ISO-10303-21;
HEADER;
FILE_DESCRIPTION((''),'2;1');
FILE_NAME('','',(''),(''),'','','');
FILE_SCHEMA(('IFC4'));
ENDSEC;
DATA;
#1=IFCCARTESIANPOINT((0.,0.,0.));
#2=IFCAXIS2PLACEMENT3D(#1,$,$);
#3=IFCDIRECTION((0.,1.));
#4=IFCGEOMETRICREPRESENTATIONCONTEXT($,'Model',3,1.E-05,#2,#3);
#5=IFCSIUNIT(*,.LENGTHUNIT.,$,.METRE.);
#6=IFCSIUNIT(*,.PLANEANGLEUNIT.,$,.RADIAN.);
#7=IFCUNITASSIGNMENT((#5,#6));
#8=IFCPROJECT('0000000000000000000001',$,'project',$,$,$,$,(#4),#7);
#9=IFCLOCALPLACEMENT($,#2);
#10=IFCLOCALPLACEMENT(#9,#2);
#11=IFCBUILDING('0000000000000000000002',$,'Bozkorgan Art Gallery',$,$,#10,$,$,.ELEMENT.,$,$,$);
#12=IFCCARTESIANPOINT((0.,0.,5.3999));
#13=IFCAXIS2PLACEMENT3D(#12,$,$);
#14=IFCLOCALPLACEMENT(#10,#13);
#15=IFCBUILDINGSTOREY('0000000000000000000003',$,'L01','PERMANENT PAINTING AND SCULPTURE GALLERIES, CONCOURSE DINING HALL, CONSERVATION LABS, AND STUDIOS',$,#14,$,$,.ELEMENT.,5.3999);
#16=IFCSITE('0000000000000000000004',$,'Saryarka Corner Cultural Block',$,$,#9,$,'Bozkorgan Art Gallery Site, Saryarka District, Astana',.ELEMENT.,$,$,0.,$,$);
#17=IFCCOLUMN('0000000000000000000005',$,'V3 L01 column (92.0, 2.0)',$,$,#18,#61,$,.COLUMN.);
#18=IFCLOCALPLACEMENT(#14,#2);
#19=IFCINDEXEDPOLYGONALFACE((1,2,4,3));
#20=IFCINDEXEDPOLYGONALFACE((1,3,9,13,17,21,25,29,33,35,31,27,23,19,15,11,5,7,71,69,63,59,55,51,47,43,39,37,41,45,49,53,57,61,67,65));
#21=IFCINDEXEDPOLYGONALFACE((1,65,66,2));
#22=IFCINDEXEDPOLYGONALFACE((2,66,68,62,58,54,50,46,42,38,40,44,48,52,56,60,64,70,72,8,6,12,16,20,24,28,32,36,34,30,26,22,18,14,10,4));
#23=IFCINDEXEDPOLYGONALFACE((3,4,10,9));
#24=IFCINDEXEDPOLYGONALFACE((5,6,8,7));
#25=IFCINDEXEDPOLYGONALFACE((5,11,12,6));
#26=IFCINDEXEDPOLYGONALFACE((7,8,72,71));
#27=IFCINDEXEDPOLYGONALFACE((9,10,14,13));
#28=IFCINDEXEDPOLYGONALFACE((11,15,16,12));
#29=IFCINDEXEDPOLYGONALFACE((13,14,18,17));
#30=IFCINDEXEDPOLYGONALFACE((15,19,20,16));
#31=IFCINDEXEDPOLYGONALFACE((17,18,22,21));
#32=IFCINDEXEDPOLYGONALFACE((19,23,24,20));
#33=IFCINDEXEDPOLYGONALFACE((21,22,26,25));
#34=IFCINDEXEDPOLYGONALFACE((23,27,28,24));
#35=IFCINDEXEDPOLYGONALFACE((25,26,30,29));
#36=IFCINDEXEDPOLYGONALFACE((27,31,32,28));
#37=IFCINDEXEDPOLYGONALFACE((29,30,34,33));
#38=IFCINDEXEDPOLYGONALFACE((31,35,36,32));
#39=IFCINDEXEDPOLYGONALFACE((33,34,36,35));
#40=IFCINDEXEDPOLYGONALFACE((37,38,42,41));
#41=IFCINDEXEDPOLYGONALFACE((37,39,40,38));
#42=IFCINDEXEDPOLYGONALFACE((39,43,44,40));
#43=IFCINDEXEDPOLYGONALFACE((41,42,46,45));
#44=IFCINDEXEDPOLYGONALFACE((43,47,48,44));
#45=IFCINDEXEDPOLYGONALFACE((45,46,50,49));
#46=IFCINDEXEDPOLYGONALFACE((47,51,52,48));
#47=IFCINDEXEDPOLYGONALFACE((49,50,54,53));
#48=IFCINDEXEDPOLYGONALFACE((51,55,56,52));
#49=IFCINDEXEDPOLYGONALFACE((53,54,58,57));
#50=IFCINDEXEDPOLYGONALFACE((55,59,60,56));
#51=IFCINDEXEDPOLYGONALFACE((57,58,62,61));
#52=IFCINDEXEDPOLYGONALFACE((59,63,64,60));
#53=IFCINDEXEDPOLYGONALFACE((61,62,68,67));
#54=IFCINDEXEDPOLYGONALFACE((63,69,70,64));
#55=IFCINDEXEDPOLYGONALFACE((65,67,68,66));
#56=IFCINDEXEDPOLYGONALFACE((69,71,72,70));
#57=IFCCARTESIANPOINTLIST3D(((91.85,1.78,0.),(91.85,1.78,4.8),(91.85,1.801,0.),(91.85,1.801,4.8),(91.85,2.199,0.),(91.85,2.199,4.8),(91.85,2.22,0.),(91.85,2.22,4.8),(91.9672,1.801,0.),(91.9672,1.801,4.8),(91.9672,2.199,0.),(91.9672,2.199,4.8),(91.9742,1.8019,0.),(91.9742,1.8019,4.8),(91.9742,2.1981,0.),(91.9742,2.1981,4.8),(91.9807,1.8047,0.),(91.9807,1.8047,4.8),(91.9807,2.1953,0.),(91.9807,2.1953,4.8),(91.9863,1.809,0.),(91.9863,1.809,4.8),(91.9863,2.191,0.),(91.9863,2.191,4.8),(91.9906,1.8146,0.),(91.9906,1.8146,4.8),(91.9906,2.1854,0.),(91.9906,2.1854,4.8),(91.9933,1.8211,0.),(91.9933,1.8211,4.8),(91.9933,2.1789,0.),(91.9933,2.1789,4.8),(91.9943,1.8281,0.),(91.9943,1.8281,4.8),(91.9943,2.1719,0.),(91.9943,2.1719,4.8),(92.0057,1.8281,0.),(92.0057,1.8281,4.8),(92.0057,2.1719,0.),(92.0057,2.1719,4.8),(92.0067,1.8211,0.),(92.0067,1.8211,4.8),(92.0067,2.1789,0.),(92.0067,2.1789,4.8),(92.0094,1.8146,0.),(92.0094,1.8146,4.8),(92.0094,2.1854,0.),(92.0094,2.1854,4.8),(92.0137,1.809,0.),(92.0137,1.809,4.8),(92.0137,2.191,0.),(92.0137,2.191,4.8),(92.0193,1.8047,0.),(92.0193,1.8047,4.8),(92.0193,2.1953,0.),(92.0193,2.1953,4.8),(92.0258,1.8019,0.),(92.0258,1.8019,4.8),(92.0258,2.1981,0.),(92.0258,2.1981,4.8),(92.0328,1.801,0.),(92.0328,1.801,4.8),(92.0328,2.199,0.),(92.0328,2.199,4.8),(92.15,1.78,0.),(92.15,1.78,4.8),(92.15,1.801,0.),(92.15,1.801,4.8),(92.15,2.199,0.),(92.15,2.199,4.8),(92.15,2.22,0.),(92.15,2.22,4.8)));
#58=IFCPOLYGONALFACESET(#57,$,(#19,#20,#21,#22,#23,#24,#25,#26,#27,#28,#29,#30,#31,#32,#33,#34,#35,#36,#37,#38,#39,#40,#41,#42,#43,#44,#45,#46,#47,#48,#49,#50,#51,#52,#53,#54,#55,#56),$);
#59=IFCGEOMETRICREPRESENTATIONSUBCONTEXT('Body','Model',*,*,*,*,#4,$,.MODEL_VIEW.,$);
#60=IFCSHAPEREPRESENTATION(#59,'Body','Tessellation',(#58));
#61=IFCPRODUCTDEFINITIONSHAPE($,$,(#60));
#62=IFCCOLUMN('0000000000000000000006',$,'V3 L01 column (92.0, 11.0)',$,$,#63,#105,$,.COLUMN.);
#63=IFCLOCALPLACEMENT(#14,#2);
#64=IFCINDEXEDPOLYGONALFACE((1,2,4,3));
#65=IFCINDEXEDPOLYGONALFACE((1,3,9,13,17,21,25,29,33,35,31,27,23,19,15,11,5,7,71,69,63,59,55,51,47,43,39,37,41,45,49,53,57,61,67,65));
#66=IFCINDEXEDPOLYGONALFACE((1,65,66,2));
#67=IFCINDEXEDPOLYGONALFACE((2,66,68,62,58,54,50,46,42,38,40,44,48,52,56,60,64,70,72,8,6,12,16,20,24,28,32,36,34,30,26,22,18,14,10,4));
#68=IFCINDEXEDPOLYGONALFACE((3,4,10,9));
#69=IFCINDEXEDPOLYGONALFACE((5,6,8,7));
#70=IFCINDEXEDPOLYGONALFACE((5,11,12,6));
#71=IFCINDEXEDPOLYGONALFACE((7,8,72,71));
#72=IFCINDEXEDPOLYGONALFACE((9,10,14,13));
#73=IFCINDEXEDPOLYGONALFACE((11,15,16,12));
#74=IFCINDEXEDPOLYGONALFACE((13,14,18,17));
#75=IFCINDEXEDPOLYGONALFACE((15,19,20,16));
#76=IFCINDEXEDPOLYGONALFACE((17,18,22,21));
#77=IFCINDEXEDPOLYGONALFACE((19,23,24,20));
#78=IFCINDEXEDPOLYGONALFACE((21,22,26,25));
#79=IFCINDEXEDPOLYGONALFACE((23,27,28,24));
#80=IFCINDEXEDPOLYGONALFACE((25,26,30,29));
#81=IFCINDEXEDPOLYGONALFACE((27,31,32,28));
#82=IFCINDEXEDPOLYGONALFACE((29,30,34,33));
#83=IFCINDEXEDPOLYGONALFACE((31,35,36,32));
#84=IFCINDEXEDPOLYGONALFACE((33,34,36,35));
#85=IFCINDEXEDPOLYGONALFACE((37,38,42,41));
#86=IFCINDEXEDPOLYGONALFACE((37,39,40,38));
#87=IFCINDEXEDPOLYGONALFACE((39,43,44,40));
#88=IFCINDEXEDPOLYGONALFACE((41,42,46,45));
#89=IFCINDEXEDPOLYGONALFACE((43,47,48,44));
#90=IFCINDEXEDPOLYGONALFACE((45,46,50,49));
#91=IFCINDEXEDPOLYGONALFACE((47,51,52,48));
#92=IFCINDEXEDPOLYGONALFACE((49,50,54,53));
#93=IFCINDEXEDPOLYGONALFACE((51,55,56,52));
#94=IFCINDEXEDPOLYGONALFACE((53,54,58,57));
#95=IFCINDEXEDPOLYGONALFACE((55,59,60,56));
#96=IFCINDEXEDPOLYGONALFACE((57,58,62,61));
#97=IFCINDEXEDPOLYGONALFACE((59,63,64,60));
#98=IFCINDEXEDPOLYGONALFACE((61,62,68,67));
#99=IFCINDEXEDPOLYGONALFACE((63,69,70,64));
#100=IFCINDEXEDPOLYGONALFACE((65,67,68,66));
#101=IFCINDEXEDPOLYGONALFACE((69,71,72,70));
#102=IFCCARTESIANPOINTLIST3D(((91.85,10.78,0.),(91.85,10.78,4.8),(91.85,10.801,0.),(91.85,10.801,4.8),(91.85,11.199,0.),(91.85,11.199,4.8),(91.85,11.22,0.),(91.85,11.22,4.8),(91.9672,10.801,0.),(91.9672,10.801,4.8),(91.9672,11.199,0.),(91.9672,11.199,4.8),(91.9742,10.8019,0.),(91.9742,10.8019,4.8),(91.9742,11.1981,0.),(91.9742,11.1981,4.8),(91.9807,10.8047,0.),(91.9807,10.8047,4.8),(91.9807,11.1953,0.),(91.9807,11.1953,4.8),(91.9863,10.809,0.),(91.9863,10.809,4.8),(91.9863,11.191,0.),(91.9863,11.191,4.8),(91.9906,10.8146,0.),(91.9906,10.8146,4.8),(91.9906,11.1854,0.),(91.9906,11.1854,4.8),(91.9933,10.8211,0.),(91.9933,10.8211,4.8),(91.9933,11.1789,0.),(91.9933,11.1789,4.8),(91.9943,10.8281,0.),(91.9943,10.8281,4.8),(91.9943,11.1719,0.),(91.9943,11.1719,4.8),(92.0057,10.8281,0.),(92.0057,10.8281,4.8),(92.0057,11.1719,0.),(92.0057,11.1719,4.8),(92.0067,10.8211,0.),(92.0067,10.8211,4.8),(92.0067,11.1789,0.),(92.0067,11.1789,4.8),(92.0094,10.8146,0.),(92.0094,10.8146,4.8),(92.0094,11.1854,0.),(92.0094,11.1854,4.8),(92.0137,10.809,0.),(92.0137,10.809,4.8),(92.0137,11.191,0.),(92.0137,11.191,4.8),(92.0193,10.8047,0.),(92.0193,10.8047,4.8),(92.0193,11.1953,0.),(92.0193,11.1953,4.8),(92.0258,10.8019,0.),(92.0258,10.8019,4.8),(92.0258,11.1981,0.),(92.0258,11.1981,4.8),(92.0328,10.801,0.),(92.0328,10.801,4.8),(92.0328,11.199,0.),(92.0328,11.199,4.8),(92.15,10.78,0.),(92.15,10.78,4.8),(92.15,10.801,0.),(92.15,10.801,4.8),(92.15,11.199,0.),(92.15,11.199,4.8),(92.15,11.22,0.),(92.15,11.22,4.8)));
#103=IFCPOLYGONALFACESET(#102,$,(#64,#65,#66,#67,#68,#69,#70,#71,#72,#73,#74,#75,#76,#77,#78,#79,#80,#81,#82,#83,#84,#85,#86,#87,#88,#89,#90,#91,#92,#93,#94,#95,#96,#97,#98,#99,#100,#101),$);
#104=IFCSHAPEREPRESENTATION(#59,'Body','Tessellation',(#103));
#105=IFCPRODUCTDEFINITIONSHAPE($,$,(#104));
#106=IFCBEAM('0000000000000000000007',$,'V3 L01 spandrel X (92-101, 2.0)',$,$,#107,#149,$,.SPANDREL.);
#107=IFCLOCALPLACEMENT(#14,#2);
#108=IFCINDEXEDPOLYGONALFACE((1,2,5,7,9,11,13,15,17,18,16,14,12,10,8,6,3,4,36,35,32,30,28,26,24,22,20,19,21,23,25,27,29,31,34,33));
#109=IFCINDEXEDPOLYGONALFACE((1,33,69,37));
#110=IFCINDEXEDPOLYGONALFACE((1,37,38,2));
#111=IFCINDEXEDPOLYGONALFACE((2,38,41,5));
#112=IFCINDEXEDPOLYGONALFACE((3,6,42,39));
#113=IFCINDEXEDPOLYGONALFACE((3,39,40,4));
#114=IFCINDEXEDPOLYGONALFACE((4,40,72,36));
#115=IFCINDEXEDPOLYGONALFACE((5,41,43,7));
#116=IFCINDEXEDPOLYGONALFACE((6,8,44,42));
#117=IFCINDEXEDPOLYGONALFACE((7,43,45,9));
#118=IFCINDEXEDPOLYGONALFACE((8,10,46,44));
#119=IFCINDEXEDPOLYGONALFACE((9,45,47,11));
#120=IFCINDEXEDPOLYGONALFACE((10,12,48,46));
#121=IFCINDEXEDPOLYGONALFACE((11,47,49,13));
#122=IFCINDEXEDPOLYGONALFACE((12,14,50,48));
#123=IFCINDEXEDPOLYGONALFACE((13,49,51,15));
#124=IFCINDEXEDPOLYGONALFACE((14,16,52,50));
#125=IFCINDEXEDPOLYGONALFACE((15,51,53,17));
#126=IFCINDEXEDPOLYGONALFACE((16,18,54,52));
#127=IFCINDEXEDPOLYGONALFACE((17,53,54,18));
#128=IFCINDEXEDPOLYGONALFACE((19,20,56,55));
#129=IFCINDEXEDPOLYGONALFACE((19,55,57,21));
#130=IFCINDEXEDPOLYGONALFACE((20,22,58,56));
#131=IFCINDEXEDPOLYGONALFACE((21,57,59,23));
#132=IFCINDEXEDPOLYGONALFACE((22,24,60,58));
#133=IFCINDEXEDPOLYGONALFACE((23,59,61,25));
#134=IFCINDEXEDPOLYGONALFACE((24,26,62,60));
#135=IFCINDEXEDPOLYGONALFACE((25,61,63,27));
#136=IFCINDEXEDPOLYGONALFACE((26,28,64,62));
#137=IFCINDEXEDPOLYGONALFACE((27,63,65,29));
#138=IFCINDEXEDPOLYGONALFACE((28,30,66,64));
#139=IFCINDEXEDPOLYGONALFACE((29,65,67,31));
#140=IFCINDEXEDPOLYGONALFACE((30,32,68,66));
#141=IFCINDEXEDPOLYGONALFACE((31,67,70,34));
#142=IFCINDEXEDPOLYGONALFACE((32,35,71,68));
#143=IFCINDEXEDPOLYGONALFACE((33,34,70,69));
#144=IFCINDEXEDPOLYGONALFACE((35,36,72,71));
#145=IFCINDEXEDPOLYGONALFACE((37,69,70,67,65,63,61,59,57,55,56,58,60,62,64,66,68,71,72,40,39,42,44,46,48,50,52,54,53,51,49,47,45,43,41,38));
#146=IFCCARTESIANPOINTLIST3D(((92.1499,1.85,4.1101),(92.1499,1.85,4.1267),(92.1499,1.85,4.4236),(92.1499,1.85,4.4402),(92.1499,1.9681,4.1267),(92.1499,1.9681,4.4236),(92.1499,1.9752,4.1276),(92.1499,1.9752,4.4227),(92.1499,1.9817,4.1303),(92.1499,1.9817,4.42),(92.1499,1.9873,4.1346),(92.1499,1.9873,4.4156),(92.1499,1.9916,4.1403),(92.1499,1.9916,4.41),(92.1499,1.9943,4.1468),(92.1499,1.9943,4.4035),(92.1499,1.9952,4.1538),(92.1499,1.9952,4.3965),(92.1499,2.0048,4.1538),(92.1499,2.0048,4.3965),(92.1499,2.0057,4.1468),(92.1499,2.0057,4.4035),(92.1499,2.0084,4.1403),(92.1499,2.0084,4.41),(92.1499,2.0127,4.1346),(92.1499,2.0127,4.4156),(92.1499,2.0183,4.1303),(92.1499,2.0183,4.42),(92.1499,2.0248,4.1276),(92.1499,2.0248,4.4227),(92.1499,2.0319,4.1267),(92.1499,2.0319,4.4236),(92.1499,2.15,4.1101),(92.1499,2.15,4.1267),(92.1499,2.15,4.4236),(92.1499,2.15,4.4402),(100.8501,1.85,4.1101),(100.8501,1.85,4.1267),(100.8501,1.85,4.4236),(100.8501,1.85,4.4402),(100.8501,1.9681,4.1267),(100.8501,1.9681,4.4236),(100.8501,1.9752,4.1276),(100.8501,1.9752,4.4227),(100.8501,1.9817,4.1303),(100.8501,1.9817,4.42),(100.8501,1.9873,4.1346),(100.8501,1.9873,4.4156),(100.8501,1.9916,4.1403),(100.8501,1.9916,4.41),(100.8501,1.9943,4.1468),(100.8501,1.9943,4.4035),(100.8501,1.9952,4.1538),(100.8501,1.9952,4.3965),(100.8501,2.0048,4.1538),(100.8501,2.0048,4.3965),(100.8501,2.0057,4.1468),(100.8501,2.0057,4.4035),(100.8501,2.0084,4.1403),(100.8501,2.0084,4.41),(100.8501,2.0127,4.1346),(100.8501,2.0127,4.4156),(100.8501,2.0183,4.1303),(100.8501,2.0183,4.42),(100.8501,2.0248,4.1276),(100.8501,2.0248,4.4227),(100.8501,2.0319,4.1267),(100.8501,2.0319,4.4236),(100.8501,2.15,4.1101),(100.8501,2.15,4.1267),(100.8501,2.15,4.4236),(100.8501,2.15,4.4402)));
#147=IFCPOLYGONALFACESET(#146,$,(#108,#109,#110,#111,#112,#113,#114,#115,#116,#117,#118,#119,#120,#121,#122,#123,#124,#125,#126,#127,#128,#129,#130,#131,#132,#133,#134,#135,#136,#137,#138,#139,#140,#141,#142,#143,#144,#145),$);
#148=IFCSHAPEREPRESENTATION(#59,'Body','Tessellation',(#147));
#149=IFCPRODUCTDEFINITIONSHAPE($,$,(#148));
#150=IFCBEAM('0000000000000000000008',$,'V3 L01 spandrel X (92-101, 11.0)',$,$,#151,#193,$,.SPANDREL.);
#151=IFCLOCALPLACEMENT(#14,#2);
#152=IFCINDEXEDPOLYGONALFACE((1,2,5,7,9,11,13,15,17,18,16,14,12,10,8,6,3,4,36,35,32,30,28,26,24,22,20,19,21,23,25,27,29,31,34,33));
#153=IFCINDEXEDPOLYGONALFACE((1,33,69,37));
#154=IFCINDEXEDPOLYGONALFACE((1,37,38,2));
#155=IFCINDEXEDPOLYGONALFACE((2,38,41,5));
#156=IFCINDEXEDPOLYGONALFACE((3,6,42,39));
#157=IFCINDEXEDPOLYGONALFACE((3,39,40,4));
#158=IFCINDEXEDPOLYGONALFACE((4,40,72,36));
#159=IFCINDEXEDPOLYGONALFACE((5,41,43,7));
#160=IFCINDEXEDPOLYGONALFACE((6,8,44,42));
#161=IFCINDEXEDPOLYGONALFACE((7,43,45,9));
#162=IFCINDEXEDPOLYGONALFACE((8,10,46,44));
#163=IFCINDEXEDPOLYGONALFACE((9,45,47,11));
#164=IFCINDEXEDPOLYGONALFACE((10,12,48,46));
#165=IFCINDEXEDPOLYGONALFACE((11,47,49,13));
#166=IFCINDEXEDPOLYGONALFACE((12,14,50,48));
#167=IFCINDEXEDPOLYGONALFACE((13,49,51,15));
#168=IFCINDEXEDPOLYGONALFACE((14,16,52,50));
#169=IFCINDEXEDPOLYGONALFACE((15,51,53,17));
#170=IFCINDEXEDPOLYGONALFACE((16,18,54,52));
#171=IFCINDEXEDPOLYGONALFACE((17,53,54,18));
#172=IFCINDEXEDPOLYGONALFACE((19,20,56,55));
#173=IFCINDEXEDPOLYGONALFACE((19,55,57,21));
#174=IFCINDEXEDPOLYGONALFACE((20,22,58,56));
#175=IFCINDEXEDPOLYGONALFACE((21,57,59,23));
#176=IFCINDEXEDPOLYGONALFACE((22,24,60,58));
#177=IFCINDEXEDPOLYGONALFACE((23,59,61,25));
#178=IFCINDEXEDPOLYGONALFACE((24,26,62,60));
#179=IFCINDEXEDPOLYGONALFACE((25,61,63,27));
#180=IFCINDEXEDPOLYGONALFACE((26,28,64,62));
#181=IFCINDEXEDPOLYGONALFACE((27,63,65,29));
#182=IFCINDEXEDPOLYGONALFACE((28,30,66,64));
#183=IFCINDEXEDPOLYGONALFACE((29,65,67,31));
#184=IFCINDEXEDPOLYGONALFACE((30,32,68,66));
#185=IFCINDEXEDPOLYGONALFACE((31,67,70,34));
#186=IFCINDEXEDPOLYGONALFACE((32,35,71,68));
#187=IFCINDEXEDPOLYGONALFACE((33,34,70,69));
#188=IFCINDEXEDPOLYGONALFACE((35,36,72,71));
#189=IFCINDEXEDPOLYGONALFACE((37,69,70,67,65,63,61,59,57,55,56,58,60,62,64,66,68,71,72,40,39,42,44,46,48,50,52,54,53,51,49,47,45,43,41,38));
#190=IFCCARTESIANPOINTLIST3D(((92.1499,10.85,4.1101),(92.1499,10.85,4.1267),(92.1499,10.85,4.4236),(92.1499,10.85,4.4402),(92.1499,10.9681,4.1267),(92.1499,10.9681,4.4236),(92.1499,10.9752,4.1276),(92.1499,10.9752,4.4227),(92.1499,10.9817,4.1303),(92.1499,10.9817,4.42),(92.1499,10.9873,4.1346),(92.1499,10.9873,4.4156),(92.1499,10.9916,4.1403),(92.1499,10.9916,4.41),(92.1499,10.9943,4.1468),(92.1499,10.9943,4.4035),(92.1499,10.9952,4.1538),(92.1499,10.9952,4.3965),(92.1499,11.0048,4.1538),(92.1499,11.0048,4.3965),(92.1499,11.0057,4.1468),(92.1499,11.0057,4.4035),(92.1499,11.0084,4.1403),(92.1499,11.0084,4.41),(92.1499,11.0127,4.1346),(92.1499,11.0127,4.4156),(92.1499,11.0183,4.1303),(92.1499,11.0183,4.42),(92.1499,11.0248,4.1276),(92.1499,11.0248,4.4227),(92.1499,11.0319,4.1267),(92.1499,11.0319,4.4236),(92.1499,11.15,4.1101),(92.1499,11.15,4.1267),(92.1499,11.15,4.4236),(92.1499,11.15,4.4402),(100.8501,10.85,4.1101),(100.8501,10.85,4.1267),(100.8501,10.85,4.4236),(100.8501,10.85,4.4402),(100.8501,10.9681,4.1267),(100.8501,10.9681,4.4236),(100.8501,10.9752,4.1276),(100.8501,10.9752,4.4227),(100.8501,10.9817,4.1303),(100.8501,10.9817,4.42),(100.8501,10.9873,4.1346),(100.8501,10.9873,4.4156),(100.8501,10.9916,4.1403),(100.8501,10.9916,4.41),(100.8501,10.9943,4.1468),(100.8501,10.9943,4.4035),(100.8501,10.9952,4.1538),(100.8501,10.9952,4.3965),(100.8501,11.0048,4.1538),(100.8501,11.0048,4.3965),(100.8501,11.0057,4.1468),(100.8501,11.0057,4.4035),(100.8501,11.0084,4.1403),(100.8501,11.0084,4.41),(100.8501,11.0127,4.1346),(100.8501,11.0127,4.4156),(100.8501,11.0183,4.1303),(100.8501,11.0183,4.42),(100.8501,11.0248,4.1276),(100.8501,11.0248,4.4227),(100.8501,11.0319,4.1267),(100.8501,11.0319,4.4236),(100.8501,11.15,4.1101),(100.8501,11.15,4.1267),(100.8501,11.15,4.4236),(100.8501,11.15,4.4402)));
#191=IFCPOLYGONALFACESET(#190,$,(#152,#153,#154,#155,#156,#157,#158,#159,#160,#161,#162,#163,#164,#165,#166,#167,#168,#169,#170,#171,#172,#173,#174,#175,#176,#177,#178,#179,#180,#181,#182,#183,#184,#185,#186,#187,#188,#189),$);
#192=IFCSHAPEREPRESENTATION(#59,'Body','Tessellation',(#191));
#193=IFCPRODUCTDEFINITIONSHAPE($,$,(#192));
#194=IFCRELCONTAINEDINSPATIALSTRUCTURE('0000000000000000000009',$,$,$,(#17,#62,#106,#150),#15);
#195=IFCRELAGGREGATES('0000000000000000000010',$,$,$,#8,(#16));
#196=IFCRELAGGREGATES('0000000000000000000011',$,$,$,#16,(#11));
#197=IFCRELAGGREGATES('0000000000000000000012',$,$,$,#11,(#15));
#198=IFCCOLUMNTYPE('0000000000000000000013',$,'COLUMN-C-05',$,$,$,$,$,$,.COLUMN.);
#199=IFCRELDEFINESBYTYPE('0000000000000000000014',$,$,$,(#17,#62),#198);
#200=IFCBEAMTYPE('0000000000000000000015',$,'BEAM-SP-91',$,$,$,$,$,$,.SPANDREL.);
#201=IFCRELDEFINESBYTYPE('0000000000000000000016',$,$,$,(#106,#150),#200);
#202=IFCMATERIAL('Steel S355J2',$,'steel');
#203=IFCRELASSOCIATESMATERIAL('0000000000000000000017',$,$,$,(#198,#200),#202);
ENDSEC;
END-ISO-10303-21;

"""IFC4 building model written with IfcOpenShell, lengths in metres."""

from ifc_helpers import new_model, si_unit, direction, frame, origin, origin_2d, place, context, subcontext, project, spatial, i_section, extrude, material, material_profile, profile_set, type_object, element, save


model = new_model("IFC4")

# Units and contexts
model_context = context("Model", 3, precision=1e-05, world=origin(), true_north=direction((0.0, 1.0)))
body_context = subcontext(model_context, "Body", "Model", "MODEL_VIEW")
ifc_project = project(units=[si_unit("LENGTHUNIT", "METRE"), si_unit("PLANEANGLEUNIT", "RADIAN")], contexts=[model_context])

# Site, building, storey
site_placement = place(None, origin())
site = spatial("IfcSite", under=ifc_project, at=site_placement, Name="Saryarka Corner Cultural Block", LongName="Bozkorgan Art Gallery Site, Saryarka District, Astana", CompositionType="ELEMENT", RefElevation=0.0)
building_placement = place(site_placement, origin())
building = spatial("IfcBuilding", under=site, at=building_placement, Name="Bozkorgan Art Gallery", CompositionType="ELEMENT")
storey_placement = place(building_placement, frame((0.0, 0.0, 5.3999)))
storey = spatial("IfcBuildingStorey", under=building, at=storey_placement, Name="L01", Description="PERMANENT PAINTING AND SCULPTURE GALLERIES, CONCOURSE DINING HALL, CONSERVATION LABS, AND STUDIOS", CompositionType="ELEMENT", Elevation=5.3999)

# Columns
ifc_material_1 = material(Name="Steel S355J2", Category="steel")
ifc_material_profile_1 = material_profile(ifc_material_1, i_section(OverallWidth=0.3, OverallDepth=0.4399, WebThickness=0.0115, FlangeThickness=0.021, FilletRadius=0.0271, at=origin_2d()), Name="HEA 450")
ifc_profile_set_1 = profile_set([ifc_material_profile_1], Name="Steel S355J2")
column_type = type_object("IfcColumnType", Name="COLUMN-C-05", PredefinedType="COLUMN", material=ifc_profile_set_1)
for number, where, z_axis, x_axis, name in (
    (1, (92.0, 2.0, 0.0), (0.0, 0.0, 1.0), (1.0, 0.0, 0.0), "V3 L01 column (92.0, 2.0)"),
    (2, (92.0, 11.0, 0.0), (0.0, 0.0, 1.0), (1.0, 0.0, 0.0), "V3 L01 column (92.0, 11.0)"),
):
    element("IfcColumn", number, at=place(storey_placement, frame(where, z_axis=z_axis, x_axis=x_axis)), inside=storey, type_object=column_type, Name=name, PredefinedType="COLUMN", context=body_context, shape_type="SweptSolid", body=[
        extrude(i_section(OverallWidth=0.3, OverallDepth=0.4399, WebThickness=0.0115, FlangeThickness=0.021, FilletRadius=0.0271, at=origin_2d()), origin(), (0.0, 0.0, 1.0), 4.8),
    ])

# Beams
ifc_material_profile_2 = material_profile(ifc_material_1, i_section(OverallWidth=0.3, OverallDepth=0.3301, WebThickness=0.0095, FlangeThickness=0.0166, FilletRadius=0.0271, at=origin_2d()), Name="HEA 340")
ifc_profile_set_2 = profile_set([ifc_material_profile_2], Name="Steel S355J2")
beam_type_1 = type_object("IfcBeamType", Name="BEAM-SP-91", PredefinedType="SPANDREL", material=ifc_profile_set_2)
for number, where, z_axis, x_axis, name in (
    (3, (92.1499, 2.0, 4.2751), (1.0, 0.0, 0.0), (0.0, 1.0, 0.0), "V3 L01 spandrel X (92-101, 2.0)"),
    (4, (92.1499, 11.0, 4.2751), (1.0, 0.0, 0.0), (0.0, 1.0, 0.0), "V3 L01 spandrel X (92-101, 11.0)"),
):
    element("IfcBeam", number, at=place(storey_placement, frame(where, z_axis=z_axis, x_axis=x_axis)), inside=storey, type_object=beam_type_1, Name=name, PredefinedType="SPANDREL", context=body_context, shape_type="SweptSolid", body=[
        extrude(i_section(OverallWidth=0.3, OverallDepth=0.3301, WebThickness=0.0095, FlangeThickness=0.0166, FilletRadius=0.0271, at=origin_2d()), origin(), (0.0, 0.0, 1.0), 8.7002),
    ])

save(model, "model.ifc")
